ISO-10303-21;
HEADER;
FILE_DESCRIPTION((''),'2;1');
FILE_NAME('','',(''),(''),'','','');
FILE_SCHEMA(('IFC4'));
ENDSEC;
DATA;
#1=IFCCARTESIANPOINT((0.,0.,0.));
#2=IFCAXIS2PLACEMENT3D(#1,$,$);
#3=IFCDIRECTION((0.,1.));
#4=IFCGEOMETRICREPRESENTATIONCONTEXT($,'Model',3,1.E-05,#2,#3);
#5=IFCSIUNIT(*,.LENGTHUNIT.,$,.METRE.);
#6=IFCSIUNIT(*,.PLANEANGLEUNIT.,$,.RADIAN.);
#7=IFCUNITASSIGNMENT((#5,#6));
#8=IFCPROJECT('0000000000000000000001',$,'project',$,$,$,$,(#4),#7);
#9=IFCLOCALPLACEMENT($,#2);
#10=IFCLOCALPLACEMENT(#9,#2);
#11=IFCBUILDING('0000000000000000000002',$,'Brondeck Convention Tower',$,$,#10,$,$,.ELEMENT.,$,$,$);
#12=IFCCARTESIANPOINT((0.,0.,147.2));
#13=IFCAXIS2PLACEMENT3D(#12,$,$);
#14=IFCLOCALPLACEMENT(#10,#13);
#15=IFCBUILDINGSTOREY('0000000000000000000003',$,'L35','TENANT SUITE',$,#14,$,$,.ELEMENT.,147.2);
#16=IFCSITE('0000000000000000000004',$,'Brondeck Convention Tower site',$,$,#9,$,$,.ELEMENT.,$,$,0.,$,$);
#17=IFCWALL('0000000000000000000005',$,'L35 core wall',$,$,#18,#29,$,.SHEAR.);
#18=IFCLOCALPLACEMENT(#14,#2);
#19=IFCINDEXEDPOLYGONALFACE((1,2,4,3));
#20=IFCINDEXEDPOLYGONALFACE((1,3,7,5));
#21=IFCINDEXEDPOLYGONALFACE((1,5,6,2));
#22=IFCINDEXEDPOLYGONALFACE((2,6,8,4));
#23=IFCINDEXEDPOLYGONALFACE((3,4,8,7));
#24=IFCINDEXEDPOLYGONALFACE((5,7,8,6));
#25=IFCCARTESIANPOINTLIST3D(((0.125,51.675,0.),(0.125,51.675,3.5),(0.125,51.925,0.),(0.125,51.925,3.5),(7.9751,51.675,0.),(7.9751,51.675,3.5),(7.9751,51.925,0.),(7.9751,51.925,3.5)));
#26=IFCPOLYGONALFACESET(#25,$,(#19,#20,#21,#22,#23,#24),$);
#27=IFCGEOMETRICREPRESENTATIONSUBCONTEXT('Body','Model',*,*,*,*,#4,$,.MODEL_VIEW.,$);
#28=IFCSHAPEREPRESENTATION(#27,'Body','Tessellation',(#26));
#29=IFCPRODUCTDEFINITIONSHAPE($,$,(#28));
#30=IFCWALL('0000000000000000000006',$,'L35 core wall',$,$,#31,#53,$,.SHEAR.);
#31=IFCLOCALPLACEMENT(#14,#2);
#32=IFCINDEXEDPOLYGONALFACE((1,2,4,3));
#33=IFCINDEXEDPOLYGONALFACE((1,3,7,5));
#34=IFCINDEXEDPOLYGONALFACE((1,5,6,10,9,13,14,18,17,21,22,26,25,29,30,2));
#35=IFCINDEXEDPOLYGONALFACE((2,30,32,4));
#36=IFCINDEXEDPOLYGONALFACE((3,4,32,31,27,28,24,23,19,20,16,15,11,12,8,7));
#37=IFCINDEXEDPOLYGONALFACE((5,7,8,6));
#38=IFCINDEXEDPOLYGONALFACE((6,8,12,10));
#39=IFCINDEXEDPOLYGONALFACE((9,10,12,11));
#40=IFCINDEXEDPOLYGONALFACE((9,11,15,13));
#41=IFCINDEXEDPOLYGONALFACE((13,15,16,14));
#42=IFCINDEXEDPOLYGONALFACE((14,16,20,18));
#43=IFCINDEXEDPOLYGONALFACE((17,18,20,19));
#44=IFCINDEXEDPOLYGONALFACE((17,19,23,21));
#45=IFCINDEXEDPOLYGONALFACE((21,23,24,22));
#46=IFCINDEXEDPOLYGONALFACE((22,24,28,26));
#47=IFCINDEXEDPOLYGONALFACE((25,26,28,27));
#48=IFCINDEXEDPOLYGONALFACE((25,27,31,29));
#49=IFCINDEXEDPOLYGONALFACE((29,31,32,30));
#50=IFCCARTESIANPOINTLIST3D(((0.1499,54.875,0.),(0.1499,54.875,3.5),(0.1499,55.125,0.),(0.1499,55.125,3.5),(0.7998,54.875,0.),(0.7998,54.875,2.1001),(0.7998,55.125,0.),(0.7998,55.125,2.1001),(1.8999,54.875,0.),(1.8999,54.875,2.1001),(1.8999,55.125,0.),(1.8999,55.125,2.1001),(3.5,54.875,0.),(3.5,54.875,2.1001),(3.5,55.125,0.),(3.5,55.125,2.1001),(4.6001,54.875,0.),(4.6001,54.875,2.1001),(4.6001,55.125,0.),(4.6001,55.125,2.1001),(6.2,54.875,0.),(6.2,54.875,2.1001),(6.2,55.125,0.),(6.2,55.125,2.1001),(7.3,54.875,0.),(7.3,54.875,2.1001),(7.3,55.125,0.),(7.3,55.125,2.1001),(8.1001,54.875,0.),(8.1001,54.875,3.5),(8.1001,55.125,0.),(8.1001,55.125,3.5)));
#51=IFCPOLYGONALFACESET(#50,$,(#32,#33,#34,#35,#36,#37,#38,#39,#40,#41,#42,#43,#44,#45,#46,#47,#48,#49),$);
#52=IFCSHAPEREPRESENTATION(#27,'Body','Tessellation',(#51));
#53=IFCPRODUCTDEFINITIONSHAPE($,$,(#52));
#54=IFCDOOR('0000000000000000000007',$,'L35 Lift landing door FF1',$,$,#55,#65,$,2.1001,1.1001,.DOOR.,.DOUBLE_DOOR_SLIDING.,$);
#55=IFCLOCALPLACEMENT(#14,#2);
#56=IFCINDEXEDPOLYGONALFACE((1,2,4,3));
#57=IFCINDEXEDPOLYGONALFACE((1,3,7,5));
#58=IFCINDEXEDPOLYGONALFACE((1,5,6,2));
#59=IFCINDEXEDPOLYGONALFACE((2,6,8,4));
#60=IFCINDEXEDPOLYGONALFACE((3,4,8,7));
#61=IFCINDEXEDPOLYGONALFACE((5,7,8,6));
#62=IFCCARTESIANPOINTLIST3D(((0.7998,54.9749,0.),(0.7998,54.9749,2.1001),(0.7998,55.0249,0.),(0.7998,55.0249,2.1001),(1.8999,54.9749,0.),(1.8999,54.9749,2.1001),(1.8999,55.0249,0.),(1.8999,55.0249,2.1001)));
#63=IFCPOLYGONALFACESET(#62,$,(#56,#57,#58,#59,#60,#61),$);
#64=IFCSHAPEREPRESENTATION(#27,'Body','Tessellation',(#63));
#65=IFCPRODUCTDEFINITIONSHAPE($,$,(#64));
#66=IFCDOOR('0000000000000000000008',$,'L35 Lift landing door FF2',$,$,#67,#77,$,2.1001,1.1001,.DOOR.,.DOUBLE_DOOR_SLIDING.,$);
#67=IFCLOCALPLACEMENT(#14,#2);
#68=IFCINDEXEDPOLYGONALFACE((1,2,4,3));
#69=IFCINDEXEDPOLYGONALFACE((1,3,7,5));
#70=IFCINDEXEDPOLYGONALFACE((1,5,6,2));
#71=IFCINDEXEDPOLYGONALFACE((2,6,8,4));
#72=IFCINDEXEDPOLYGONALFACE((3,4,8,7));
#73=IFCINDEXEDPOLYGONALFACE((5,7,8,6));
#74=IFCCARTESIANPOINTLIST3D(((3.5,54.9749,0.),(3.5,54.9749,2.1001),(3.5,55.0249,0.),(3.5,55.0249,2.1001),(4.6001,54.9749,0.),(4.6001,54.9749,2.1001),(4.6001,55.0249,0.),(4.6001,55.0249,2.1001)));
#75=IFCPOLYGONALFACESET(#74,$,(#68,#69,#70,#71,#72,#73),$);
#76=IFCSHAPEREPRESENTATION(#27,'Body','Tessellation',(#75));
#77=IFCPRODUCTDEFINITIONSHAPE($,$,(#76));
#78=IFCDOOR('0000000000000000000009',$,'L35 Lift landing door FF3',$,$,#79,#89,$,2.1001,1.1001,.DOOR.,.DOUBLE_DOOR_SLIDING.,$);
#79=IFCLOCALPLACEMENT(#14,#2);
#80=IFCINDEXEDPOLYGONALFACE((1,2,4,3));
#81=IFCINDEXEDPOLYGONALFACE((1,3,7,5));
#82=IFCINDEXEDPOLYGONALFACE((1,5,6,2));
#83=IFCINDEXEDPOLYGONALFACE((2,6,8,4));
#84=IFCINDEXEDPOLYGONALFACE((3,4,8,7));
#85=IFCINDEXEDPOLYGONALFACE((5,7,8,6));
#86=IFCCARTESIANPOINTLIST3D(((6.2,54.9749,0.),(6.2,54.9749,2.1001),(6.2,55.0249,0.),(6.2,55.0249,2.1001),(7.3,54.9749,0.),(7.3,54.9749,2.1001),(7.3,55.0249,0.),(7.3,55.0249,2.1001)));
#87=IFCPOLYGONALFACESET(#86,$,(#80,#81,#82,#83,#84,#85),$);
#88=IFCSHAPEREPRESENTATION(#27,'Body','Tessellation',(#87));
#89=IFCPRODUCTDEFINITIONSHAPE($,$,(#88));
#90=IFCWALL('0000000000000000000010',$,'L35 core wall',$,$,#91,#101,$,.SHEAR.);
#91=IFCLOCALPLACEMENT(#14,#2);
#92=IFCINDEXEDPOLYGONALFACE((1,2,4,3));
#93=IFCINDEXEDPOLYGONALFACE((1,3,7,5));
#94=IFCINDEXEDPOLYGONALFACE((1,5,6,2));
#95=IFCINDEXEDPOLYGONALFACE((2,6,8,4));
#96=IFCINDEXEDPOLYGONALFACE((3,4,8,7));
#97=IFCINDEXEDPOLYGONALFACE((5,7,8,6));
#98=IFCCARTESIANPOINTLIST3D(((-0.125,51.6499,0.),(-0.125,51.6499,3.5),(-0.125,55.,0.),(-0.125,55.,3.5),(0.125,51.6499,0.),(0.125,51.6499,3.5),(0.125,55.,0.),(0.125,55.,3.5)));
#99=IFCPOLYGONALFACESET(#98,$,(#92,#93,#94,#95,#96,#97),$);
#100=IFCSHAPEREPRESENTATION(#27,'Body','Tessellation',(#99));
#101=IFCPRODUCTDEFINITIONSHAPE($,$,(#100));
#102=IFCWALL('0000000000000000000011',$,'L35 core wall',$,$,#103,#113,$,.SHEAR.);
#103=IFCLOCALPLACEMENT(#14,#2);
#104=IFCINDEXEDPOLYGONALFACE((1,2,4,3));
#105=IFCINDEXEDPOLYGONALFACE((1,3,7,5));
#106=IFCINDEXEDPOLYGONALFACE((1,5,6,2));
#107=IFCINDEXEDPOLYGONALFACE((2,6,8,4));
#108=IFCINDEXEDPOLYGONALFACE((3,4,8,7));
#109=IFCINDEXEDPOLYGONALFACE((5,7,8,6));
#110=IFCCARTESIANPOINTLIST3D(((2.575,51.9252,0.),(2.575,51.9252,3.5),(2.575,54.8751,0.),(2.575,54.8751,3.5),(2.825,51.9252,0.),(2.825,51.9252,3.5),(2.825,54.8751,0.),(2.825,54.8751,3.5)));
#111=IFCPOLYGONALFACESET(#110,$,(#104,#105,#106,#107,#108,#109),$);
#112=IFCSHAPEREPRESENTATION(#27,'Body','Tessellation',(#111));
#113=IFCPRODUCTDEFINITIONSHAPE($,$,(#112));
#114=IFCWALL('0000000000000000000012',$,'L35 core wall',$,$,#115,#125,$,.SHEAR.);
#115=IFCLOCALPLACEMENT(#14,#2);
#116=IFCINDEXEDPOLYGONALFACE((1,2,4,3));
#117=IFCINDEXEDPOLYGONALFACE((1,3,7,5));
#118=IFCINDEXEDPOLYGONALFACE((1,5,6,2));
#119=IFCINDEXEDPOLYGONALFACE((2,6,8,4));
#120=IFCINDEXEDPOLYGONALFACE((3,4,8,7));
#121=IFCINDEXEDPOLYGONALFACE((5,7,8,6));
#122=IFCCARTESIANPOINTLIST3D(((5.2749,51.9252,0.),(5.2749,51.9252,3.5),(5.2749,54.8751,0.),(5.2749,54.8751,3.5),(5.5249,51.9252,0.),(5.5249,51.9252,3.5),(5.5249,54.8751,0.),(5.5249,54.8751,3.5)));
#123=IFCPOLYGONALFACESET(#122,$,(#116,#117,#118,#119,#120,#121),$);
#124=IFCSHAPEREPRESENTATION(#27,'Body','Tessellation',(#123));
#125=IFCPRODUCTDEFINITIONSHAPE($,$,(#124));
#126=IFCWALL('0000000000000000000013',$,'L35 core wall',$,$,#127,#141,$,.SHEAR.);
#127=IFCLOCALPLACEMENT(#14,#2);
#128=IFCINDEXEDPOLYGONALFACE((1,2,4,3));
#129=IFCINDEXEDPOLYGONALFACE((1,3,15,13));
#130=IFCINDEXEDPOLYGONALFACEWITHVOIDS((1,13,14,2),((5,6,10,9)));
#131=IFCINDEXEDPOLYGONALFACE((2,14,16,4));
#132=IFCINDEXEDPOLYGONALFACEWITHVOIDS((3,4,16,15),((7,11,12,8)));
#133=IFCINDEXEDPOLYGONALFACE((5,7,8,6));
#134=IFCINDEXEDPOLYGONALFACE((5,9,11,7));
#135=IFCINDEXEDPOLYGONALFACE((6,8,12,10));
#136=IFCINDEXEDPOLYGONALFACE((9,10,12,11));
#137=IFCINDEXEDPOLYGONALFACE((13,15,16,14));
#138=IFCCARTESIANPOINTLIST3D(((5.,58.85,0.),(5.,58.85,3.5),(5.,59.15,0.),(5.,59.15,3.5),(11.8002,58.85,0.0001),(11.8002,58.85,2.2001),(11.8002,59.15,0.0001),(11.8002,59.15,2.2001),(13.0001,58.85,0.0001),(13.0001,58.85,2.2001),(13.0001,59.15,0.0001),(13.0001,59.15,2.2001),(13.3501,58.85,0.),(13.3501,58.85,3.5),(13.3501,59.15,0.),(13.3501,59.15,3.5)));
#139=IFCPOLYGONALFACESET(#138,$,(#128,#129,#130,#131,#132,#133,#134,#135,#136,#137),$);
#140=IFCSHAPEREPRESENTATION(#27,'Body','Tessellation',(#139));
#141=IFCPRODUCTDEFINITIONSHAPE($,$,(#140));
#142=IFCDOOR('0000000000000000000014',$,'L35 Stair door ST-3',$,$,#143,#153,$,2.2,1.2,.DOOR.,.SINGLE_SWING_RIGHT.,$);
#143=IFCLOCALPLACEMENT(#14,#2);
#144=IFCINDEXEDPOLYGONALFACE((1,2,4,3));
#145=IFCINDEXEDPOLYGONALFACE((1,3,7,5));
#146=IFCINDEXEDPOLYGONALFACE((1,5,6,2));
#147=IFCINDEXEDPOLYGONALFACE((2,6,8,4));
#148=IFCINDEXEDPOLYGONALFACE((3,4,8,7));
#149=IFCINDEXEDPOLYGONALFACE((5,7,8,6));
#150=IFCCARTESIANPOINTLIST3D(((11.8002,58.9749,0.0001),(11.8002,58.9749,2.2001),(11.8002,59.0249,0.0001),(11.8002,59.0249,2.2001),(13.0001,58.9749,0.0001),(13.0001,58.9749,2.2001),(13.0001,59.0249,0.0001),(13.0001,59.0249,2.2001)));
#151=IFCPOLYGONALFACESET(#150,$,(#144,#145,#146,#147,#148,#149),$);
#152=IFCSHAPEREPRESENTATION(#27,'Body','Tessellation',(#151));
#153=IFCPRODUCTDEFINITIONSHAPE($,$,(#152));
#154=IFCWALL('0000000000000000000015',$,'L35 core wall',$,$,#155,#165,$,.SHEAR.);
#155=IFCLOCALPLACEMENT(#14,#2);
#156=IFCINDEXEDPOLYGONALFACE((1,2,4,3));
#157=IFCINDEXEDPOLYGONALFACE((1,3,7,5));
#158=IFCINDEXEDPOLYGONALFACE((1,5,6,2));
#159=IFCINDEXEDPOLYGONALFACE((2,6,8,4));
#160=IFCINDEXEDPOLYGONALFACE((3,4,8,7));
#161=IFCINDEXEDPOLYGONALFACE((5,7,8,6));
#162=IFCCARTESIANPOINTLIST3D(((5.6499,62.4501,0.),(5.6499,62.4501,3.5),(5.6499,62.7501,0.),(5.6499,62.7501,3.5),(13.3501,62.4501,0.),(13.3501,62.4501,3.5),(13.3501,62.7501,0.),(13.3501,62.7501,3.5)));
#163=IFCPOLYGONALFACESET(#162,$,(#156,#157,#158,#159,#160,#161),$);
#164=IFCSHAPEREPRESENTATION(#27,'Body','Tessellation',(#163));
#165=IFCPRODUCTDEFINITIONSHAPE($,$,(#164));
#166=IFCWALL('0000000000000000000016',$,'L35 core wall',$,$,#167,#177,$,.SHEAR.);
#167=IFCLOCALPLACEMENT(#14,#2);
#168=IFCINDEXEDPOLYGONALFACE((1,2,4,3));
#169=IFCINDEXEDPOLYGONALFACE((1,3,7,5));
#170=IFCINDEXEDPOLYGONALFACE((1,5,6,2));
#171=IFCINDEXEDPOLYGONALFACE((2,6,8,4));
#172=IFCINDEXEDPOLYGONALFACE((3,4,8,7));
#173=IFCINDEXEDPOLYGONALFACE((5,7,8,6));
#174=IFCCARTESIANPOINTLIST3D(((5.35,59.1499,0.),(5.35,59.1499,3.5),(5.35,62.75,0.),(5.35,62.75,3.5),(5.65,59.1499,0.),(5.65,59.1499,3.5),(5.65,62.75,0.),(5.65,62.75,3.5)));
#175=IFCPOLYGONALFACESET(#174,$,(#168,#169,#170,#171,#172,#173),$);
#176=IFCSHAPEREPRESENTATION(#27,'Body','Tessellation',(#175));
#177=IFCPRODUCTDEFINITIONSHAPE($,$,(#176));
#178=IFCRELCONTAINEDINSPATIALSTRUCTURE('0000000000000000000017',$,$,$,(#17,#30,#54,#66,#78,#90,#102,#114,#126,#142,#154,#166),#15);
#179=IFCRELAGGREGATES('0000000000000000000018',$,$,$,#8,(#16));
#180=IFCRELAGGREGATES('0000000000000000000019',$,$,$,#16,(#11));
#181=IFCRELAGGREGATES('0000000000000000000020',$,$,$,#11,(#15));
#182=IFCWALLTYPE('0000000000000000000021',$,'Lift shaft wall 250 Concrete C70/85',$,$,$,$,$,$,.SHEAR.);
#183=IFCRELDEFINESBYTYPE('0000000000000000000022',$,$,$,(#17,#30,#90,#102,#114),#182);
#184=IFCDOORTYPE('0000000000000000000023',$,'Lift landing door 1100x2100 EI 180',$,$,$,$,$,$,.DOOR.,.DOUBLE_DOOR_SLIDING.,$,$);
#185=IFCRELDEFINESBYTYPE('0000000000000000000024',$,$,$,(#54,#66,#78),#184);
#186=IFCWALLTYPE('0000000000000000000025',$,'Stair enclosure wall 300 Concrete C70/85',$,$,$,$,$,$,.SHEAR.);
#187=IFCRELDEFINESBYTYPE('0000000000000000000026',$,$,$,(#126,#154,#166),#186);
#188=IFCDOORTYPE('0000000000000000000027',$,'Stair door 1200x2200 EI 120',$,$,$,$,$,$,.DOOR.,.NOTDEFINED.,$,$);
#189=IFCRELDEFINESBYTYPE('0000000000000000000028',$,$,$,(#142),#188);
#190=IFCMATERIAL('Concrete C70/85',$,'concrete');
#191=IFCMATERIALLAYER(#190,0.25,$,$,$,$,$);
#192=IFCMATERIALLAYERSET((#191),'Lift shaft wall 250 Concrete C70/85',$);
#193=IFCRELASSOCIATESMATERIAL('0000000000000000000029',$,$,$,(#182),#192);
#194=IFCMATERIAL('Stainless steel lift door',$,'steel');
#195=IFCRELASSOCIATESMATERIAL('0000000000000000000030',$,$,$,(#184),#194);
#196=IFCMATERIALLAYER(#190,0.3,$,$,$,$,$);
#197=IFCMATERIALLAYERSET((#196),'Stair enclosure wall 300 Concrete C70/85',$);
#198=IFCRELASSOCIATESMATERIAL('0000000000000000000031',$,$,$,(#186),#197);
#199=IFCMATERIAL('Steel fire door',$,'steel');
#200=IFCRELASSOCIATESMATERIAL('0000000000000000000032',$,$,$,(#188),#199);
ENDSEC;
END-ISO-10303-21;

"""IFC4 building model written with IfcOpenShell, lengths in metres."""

from ifc_helpers import new_model, si_unit, direction, frame, frame_2d, origin, place, context, subcontext, project, spatial, rectangle, extrude, material, layer, layer_set, type_object, element, fill, save


model = new_model("IFC4")

# Units and contexts
model_context = context("Model", 3, precision=1e-05, world=origin(), true_north=direction((0.0, 1.0)))
body_context = subcontext(model_context, "Body", "Model", "MODEL_VIEW")
ifc_project = project(units=[si_unit("LENGTHUNIT", "METRE"), si_unit("PLANEANGLEUNIT", "RADIAN")], contexts=[model_context])

# Site, building, storey
site_placement = place(None, origin())
site = spatial("IfcSite", under=ifc_project, at=site_placement, Name="Brondeck Convention Tower site", CompositionType="ELEMENT", RefElevation=0.0)
building_placement = place(site_placement, origin())
building = spatial("IfcBuilding", under=site, at=building_placement, Name="Brondeck Convention Tower", CompositionType="ELEMENT")
storey_placement = place(building_placement, frame((0.0, 0.0, 147.2)))
storey = spatial("IfcBuildingStorey", under=building, at=storey_placement, Name="L35", Description="TENANT SUITE", CompositionType="ELEMENT", Elevation=147.2)

# Shared definitions
ifc_material_1 = material(Name="Concrete C70/85", Category="concrete")

# Wall
ifc_layer_1 = layer(ifc_material_1, 0.25)
ifc_layer_set_1 = layer_set([ifc_layer_1], Name="Lift shaft wall 250 Concrete C70/85")
wall_type_1 = type_object("IfcWallType", Name="Lift shaft wall 250 Concrete C70/85", PredefinedType="SHEAR", material=ifc_layer_set_1)
for number, where, z_axis, x_axis, name in (
    (1, (0.125, 51.8, 0.0), (0.0, 0.0, 1.0), (1.0, 0.0, 0.0), "L35 core wall"),
):
    element("IfcWall", number, at=place(storey_placement, frame(where, z_axis=z_axis, x_axis=x_axis)), inside=storey, type_object=wall_type_1, Name=name, PredefinedType="SHEAR", context=body_context, shape_type="SweptSolid", body=[
        extrude(rectangle(XDim=7.8501, YDim=0.25, at=frame_2d((3.925, 0.0))), origin(), (0.0, 0.0, 1.0), 3.5),
    ])

# Wall, openings, doors
wall_1_placement = place(storey_placement, frame((0.1499, 55.0, 0.0), z_axis=(0.0, 0.0, 1.0), x_axis=(1.0, 0.0, 0.0)))
wall_1 = element("IfcWall", 2, at=wall_1_placement, inside=storey, type_object=wall_type_1, Name="L35 core wall", PredefinedType="SHEAR", context=body_context, shape_type="SweptSolid", body=[
    extrude(rectangle(XDim=7.9502, YDim=0.25, at=frame_2d((3.9751, 0.0))), origin(), (0.0, 0.0, 1.0), 3.5),
])
opening_1_placement = place(wall_1_placement, frame((0.6499, 0.0, 0.0)))
opening_1 = element("IfcOpeningElement", 3, at=opening_1_placement, cuts=wall_1, PredefinedType="OPENING", context=body_context, shape_type="SweptSolid", body=[
    extrude(rectangle(XDim=1.1001, YDim=2.1001, at=frame_2d((0.55, 1.05))), frame((0.0, 0.135, 0.0), z_axis=(0.0, -1.0, 0.0), x_axis=(1.0, 0.0, 0.0)), (0.0, 0.0, 1.0), 0.27),
])
opening_2_placement = place(wall_1_placement, frame((3.3501, 0.0, 0.0)))
opening_2 = element("IfcOpeningElement", 4, at=opening_2_placement, cuts=wall_1, PredefinedType="OPENING", context=body_context, shape_type="SweptSolid", body=[
    extrude(rectangle(XDim=1.1001, YDim=2.1001, at=frame_2d((0.55, 1.05))), frame((0.0, 0.135, 0.0), z_axis=(0.0, -1.0, 0.0), x_axis=(1.0, 0.0, 0.0)), (0.0, 0.0, 1.0), 0.27),
])
opening_3_placement = place(wall_1_placement, frame((6.05, 0.0, 0.0)))
opening_3 = element("IfcOpeningElement", 5, at=opening_3_placement, cuts=wall_1, PredefinedType="OPENING", context=body_context, shape_type="SweptSolid", body=[
    extrude(rectangle(XDim=1.1001, YDim=2.1001, at=frame_2d((0.55, 1.05))), frame((0.0, 0.135, 0.0), z_axis=(0.0, -1.0, 0.0), x_axis=(1.0, 0.0, 0.0)), (0.0, 0.0, 1.0), 0.27),
])
ifc_material_2 = material(Name="Stainless steel lift door", Category="steel")
door_type_1 = type_object("IfcDoorType", Name="Lift landing door 1100x2100 EI 180", OperationType="DOUBLE_DOOR_SLIDING", PredefinedType="DOOR", material=ifc_material_2)
door_1_placement = place(opening_1_placement, origin())
door_1 = element("IfcDoor", 6, at=door_1_placement, inside=storey, type_object=door_type_1, Name="L35 Lift landing door FF1", OperationType="DOUBLE_DOOR_SLIDING", OverallHeight=2.1001, OverallWidth=1.1001, PredefinedType="DOOR", context=body_context, shape_type="SweptSolid", body=[
    extrude(rectangle(XDim=1.1001, YDim=2.1001, at=frame_2d((0.55, 1.05))), frame((0.0, 0.0249, 0.0), z_axis=(0.0, -1.0, 0.0), x_axis=(1.0, 0.0, 0.0)), (0.0, 0.0, 1.0), 0.05),
])
fill(opening_1, door_1)
door_2_placement = place(opening_2_placement, origin())
door_2 = element("IfcDoor", 7, at=door_2_placement, inside=storey, type_object=door_type_1, Name="L35 Lift landing door FF2", OperationType="DOUBLE_DOOR_SLIDING", OverallHeight=2.1001, OverallWidth=1.1001, PredefinedType="DOOR", context=body_context, shape_type="SweptSolid", body=[
    extrude(rectangle(XDim=1.1001, YDim=2.1001, at=frame_2d((0.55, 1.05))), frame((0.0, 0.0249, 0.0), z_axis=(0.0, -1.0, 0.0), x_axis=(1.0, 0.0, 0.0)), (0.0, 0.0, 1.0), 0.05),
])
fill(opening_2, door_2)
door_3_placement = place(opening_3_placement, origin())
door_3 = element("IfcDoor", 8, at=door_3_placement, inside=storey, type_object=door_type_1, Name="L35 Lift landing door FF3", OperationType="DOUBLE_DOOR_SLIDING", OverallHeight=2.1001, OverallWidth=1.1001, PredefinedType="DOOR", context=body_context, shape_type="SweptSolid", body=[
    extrude(rectangle(XDim=1.1001, YDim=2.1001, at=frame_2d((0.55, 1.05))), frame((0.0, 0.0249, 0.0), z_axis=(0.0, -1.0, 0.0), x_axis=(1.0, 0.0, 0.0)), (0.0, 0.0, 1.0), 0.05),
])
fill(opening_3, door_3)

# Walls
wall_2_placement = place(storey_placement, frame((0.0, 51.6499, 0.0), z_axis=(0.0, 0.0, 1.0), x_axis=(0.0, 1.0, 0.0)))
element("IfcWall", 9, at=wall_2_placement, inside=storey, type_object=wall_type_1, Name="L35 core wall", PredefinedType="SHEAR", context=body_context, shape_type="SweptSolid", body=[
    extrude(rectangle(XDim=3.3501, YDim=0.25, at=frame_2d((1.675, 0.0))), origin(), (0.0, 0.0, 1.0), 3.5),
])
for number, where, z_axis, x_axis, name in (
    (10, (2.7, 51.925, 0.0), (0.0, 0.0, 1.0), (0.0, 1.0, 0.0), "L35 core wall"),
    (11, (5.3999, 51.925, 0.0), (0.0, 0.0, 1.0), (0.0, 1.0, 0.0), "L35 core wall"),
):
    element("IfcWall", number, at=place(storey_placement, frame(where, z_axis=z_axis, x_axis=x_axis)), inside=storey, type_object=wall_type_1, Name=name, PredefinedType="SHEAR", context=body_context, shape_type="SweptSolid", body=[
        extrude(rectangle(XDim=2.95, YDim=0.25, at=frame_2d((1.4751, 0.0))), origin(), (0.0, 0.0, 1.0), 3.5),
    ])

# Wall, opening, door
ifc_layer_2 = layer(ifc_material_1, 0.3)
ifc_layer_set_2 = layer_set([ifc_layer_2], Name="Stair enclosure wall 300 Concrete C70/85")
wall_type_2 = type_object("IfcWallType", Name="Stair enclosure wall 300 Concrete C70/85", PredefinedType="SHEAR", material=ifc_layer_set_2)
wall_3_placement = place(storey_placement, frame((5.0, 59.0, 0.0), z_axis=(0.0, 0.0, 1.0), x_axis=(1.0, 0.0, 0.0)))
wall_3 = element("IfcWall", 12, at=wall_3_placement, inside=storey, type_object=wall_type_2, Name="L35 core wall", PredefinedType="SHEAR", context=body_context, shape_type="SweptSolid", body=[
    extrude(rectangle(XDim=8.3501, YDim=0.3, at=frame_2d((4.175, 0.0))), origin(), (0.0, 0.0, 1.0), 3.5),
])
opening_4_placement = place(wall_3_placement, frame((6.8, 0.0, 0.0)))
opening_4 = element("IfcOpeningElement", 13, at=opening_4_placement, cuts=wall_3, PredefinedType="OPENING", context=body_context, shape_type="SweptSolid", body=[
    extrude(rectangle(XDim=1.2, YDim=2.2, at=frame_2d((0.6001, 1.1001))), frame((0.0, 0.1599, 0.0), z_axis=(0.0, -1.0, 0.0), x_axis=(1.0, 0.0, 0.0)), (0.0, 0.0, 1.0), 0.3201),
])
ifc_material_3 = material(Name="Steel fire door", Category="steel")
door_type_2 = type_object("IfcDoorType", Name="Stair door 1200x2200 EI 120", OperationType="NOTDEFINED", PredefinedType="DOOR", material=ifc_material_3)
door_4_placement = place(opening_4_placement, origin())
door_4 = element("IfcDoor", 14, at=door_4_placement, inside=storey, type_object=door_type_2, Name="L35 Stair door ST-3", OperationType="SINGLE_SWING_RIGHT", OverallHeight=2.2, OverallWidth=1.2, PredefinedType="DOOR", context=body_context, shape_type="SweptSolid", body=[
    extrude(rectangle(XDim=1.2, YDim=2.2, at=frame_2d((0.6001, 1.1001))), frame((0.0, 0.0249, 0.0), z_axis=(0.0, -1.0, 0.0), x_axis=(1.0, 0.0, 0.0)), (0.0, 0.0, 1.0), 0.05),
])
fill(opening_4, door_4)

# Walls
wall_4_placement = place(storey_placement, frame((5.6499, 62.6001, 0.0), z_axis=(0.0, 0.0, 1.0), x_axis=(1.0, 0.0, 0.0)))
element("IfcWall", 15, at=wall_4_placement, inside=storey, type_object=wall_type_2, Name="L35 core wall", PredefinedType="SHEAR", context=body_context, shape_type="SweptSolid", body=[
    extrude(rectangle(XDim=7.7002, YDim=0.3, at=frame_2d((3.8501, 0.0))), origin(), (0.0, 0.0, 1.0), 3.5),
])
wall_5_placement = place(storey_placement, frame((5.5, 59.1499, 0.0), z_axis=(0.0, 0.0, 1.0), x_axis=(0.0, 1.0, 0.0)))
element("IfcWall", 16, at=wall_5_placement, inside=storey, type_object=wall_type_2, Name="L35 core wall", PredefinedType="SHEAR", context=body_context, shape_type="SweptSolid", body=[
    extrude(rectangle(XDim=3.6001, YDim=0.3, at=frame_2d((1.8, 0.0))), origin(), (0.0, 0.0, 1.0), 3.5),
])

save(model, "model.ifc")
